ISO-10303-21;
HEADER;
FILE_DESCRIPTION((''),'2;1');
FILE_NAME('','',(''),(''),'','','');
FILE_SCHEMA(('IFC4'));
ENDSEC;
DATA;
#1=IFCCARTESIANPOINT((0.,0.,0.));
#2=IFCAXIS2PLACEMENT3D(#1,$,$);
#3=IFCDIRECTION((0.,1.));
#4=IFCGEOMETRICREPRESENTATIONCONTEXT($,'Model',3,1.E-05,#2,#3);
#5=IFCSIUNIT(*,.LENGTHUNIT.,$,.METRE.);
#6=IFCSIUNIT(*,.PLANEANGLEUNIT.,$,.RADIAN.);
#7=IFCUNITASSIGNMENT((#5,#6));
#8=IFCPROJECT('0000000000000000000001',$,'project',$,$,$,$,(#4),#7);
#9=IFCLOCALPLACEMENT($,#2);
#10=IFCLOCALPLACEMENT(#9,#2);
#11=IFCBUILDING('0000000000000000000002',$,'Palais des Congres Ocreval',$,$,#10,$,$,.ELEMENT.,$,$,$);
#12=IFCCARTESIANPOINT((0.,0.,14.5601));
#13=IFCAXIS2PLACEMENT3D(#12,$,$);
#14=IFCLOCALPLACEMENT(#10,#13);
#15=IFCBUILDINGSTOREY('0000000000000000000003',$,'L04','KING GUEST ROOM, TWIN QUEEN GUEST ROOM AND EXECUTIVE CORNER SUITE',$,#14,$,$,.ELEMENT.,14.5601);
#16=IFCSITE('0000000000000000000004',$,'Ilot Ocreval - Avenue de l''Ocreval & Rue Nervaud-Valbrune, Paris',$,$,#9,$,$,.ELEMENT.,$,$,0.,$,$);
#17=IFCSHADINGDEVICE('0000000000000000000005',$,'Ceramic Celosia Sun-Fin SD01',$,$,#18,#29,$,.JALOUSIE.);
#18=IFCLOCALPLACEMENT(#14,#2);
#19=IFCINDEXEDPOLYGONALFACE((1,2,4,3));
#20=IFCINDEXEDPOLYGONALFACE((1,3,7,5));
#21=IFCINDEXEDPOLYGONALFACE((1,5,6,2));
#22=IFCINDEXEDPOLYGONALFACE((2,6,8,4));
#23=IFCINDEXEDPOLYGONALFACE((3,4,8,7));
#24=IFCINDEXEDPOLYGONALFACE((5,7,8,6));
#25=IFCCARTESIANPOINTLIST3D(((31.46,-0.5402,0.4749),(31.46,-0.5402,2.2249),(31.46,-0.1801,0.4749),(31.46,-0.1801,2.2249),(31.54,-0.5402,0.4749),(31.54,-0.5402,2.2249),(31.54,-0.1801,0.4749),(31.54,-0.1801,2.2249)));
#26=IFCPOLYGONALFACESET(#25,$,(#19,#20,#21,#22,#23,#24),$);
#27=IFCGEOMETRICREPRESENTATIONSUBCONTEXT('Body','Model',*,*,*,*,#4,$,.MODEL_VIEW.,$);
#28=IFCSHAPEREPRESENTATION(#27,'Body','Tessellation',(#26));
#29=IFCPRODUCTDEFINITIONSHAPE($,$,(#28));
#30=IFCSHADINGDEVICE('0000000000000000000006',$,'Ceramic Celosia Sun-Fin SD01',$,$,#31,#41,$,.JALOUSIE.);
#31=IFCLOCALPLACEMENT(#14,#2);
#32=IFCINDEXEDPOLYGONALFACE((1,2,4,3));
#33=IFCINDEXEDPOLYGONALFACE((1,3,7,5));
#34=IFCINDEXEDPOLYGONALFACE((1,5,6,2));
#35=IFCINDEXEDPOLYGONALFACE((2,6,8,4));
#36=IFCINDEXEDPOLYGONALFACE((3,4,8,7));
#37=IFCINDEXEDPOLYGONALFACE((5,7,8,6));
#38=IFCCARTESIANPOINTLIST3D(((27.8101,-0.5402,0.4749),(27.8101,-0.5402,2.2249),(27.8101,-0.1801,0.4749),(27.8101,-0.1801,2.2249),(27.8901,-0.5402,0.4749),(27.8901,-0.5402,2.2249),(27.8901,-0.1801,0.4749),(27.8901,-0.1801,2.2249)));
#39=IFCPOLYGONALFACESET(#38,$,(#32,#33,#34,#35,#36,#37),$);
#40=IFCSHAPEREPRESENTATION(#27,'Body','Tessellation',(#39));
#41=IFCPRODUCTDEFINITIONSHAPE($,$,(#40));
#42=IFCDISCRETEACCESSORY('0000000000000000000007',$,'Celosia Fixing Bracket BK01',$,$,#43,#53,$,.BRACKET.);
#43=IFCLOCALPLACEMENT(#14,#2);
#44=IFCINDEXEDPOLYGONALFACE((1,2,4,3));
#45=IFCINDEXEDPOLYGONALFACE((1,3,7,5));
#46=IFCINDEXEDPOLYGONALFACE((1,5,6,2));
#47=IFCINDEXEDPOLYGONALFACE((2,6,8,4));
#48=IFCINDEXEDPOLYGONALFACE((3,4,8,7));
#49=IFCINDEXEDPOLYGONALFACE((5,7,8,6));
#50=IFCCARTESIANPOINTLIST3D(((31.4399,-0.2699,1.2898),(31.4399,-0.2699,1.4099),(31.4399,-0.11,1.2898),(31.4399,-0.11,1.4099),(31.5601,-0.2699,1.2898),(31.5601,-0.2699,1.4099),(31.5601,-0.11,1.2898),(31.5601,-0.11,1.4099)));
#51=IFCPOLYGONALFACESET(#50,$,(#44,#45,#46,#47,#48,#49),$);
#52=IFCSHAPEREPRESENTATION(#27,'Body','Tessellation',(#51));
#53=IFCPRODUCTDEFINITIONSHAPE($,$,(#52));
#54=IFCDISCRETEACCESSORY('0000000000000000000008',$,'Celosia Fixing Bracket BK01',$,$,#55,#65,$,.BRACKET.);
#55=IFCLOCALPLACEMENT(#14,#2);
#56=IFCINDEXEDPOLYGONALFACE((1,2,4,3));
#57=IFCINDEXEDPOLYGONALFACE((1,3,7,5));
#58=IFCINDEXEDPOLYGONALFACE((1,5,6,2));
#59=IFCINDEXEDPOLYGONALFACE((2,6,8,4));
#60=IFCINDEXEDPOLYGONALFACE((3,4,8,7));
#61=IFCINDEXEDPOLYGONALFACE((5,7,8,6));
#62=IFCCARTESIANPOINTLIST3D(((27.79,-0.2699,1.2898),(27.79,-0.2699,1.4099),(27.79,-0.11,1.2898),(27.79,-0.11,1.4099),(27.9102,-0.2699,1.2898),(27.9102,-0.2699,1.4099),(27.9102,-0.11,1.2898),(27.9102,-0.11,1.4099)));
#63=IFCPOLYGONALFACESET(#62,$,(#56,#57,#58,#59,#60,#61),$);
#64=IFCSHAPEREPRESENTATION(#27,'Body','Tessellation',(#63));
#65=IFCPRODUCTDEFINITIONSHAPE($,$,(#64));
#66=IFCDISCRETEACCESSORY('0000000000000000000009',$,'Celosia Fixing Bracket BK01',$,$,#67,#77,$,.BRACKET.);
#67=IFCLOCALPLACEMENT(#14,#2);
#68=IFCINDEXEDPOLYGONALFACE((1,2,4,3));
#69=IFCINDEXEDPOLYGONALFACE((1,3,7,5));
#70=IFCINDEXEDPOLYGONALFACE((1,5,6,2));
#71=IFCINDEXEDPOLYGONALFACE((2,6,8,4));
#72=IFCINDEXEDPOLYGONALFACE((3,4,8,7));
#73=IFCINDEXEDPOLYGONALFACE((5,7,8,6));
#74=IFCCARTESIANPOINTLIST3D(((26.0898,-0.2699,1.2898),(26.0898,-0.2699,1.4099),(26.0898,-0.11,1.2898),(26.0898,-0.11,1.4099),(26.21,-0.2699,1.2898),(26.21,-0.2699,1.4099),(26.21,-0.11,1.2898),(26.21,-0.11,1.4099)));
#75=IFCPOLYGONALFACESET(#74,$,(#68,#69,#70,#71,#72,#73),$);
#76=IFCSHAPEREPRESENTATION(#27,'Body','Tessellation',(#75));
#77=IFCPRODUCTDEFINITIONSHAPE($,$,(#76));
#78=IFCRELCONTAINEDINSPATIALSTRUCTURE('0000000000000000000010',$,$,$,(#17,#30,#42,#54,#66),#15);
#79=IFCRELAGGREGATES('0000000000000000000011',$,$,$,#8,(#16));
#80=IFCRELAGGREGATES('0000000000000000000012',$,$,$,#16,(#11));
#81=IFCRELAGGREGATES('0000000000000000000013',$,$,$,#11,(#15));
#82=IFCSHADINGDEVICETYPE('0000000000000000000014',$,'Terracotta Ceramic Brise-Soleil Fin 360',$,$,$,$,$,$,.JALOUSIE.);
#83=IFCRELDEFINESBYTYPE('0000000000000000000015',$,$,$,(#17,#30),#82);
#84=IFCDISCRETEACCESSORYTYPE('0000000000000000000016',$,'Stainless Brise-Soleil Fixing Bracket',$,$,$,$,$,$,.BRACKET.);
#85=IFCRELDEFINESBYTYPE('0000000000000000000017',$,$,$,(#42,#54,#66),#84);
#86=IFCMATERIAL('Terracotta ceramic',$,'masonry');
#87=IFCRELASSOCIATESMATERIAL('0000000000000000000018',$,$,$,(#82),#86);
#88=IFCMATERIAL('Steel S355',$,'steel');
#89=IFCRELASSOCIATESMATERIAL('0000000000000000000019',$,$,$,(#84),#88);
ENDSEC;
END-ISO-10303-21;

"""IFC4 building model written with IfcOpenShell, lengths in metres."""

from ifc_helpers import new_model, si_unit, direction, frame, origin, origin_2d, place, context, subcontext, project, spatial, rectangle, extrude, material, type_object, element, save


model = new_model("IFC4")

# Units and contexts
model_context = context("Model", 3, precision=1e-05, world=origin(), true_north=direction((0.0, 1.0)))
body_context = subcontext(model_context, "Body", "Model", "MODEL_VIEW")
ifc_project = project(units=[si_unit("LENGTHUNIT", "METRE"), si_unit("PLANEANGLEUNIT", "RADIAN")], contexts=[model_context])

# Site, building, storey
site_placement = place(None, origin())
site = spatial("IfcSite", under=ifc_project, at=site_placement, Name="Ilot Ocreval - Avenue de l'Ocreval & Rue Nervaud-Valbrune, Paris", CompositionType="ELEMENT", RefElevation=0.0)
building_placement = place(site_placement, origin())
building = spatial("IfcBuilding", under=site, at=building_placement, Name="Palais des Congres Ocreval", CompositionType="ELEMENT")
storey_placement = place(building_placement, frame((0.0, 0.0, 14.5601)))
storey = spatial("IfcBuildingStorey", under=building, at=storey_placement, Name="L04", Description="KING GUEST ROOM, TWIN QUEEN GUEST ROOM AND EXECUTIVE CORNER SUITE", CompositionType="ELEMENT", Elevation=14.5601)

# Shared definitions
ifc_material_1 = material(Name="Steel S355", Category="steel")

# Shading devices
ifc_material_2 = material(Name="Terracotta ceramic", Category="masonry")
shading_device_type = type_object("IfcShadingDeviceType", Name="Terracotta Ceramic Brise-Soleil Fin 360", PredefinedType="JALOUSIE", material=ifc_material_2)
for number, where, z_axis, x_axis, name in (
    (1, (31.5, -0.3601, 0.4749), (0.0, 0.0, 1.0), (0.0, -1.0, 0.0), "Ceramic Celosia Sun-Fin SD01"),
    (2, (27.8501, -0.3601, 0.4749), (0.0, 0.0, 1.0), (0.0, -1.0, 0.0), "Ceramic Celosia Sun-Fin SD01"),
):
    element("IfcShadingDevice", number, at=place(storey_placement, frame(where, z_axis=z_axis, x_axis=x_axis)), inside=storey, type_object=shading_device_type, Name=name, PredefinedType="JALOUSIE", context=body_context, shape_type="SweptSolid", body=[
        extrude(rectangle(XDim=0.3601, YDim=0.0801, at=origin_2d()), origin(), (0.0, 0.0, 1.0), 1.75),
    ])

# Discrete accessories
discrete_accessory_type = type_object("IfcDiscreteAccessoryType", Name="Stainless Brise-Soleil Fixing Bracket", PredefinedType="BRACKET", material=ifc_material_1)
for number, where, z_axis, x_axis, name in (
    (3, (31.5, -0.1899, 1.2898), (0.0, 0.0, 1.0), (0.0, -1.0, 0.0), "Celosia Fixing Bracket BK01"),
    (4, (27.8501, -0.1899, 1.2898), (0.0, 0.0, 1.0), (0.0, -1.0, 0.0), "Celosia Fixing Bracket BK01"),
    (5, (26.1499, -0.1899, 1.2898), (0.0, 0.0, 1.0), (0.0, -1.0, 0.0), "Celosia Fixing Bracket BK01"),
):
    element("IfcDiscreteAccessory", number, at=place(storey_placement, frame(where, z_axis=z_axis, x_axis=x_axis)), inside=storey, type_object=discrete_accessory_type, Name=name, PredefinedType="BRACKET", context=body_context, shape_type="SweptSolid", body=[
        extrude(rectangle(XDim=0.1599, YDim=0.1201, at=origin_2d()), origin(), (0.0, 0.0, 1.0), 0.1201),
    ])

save(model, "model.ifc")
